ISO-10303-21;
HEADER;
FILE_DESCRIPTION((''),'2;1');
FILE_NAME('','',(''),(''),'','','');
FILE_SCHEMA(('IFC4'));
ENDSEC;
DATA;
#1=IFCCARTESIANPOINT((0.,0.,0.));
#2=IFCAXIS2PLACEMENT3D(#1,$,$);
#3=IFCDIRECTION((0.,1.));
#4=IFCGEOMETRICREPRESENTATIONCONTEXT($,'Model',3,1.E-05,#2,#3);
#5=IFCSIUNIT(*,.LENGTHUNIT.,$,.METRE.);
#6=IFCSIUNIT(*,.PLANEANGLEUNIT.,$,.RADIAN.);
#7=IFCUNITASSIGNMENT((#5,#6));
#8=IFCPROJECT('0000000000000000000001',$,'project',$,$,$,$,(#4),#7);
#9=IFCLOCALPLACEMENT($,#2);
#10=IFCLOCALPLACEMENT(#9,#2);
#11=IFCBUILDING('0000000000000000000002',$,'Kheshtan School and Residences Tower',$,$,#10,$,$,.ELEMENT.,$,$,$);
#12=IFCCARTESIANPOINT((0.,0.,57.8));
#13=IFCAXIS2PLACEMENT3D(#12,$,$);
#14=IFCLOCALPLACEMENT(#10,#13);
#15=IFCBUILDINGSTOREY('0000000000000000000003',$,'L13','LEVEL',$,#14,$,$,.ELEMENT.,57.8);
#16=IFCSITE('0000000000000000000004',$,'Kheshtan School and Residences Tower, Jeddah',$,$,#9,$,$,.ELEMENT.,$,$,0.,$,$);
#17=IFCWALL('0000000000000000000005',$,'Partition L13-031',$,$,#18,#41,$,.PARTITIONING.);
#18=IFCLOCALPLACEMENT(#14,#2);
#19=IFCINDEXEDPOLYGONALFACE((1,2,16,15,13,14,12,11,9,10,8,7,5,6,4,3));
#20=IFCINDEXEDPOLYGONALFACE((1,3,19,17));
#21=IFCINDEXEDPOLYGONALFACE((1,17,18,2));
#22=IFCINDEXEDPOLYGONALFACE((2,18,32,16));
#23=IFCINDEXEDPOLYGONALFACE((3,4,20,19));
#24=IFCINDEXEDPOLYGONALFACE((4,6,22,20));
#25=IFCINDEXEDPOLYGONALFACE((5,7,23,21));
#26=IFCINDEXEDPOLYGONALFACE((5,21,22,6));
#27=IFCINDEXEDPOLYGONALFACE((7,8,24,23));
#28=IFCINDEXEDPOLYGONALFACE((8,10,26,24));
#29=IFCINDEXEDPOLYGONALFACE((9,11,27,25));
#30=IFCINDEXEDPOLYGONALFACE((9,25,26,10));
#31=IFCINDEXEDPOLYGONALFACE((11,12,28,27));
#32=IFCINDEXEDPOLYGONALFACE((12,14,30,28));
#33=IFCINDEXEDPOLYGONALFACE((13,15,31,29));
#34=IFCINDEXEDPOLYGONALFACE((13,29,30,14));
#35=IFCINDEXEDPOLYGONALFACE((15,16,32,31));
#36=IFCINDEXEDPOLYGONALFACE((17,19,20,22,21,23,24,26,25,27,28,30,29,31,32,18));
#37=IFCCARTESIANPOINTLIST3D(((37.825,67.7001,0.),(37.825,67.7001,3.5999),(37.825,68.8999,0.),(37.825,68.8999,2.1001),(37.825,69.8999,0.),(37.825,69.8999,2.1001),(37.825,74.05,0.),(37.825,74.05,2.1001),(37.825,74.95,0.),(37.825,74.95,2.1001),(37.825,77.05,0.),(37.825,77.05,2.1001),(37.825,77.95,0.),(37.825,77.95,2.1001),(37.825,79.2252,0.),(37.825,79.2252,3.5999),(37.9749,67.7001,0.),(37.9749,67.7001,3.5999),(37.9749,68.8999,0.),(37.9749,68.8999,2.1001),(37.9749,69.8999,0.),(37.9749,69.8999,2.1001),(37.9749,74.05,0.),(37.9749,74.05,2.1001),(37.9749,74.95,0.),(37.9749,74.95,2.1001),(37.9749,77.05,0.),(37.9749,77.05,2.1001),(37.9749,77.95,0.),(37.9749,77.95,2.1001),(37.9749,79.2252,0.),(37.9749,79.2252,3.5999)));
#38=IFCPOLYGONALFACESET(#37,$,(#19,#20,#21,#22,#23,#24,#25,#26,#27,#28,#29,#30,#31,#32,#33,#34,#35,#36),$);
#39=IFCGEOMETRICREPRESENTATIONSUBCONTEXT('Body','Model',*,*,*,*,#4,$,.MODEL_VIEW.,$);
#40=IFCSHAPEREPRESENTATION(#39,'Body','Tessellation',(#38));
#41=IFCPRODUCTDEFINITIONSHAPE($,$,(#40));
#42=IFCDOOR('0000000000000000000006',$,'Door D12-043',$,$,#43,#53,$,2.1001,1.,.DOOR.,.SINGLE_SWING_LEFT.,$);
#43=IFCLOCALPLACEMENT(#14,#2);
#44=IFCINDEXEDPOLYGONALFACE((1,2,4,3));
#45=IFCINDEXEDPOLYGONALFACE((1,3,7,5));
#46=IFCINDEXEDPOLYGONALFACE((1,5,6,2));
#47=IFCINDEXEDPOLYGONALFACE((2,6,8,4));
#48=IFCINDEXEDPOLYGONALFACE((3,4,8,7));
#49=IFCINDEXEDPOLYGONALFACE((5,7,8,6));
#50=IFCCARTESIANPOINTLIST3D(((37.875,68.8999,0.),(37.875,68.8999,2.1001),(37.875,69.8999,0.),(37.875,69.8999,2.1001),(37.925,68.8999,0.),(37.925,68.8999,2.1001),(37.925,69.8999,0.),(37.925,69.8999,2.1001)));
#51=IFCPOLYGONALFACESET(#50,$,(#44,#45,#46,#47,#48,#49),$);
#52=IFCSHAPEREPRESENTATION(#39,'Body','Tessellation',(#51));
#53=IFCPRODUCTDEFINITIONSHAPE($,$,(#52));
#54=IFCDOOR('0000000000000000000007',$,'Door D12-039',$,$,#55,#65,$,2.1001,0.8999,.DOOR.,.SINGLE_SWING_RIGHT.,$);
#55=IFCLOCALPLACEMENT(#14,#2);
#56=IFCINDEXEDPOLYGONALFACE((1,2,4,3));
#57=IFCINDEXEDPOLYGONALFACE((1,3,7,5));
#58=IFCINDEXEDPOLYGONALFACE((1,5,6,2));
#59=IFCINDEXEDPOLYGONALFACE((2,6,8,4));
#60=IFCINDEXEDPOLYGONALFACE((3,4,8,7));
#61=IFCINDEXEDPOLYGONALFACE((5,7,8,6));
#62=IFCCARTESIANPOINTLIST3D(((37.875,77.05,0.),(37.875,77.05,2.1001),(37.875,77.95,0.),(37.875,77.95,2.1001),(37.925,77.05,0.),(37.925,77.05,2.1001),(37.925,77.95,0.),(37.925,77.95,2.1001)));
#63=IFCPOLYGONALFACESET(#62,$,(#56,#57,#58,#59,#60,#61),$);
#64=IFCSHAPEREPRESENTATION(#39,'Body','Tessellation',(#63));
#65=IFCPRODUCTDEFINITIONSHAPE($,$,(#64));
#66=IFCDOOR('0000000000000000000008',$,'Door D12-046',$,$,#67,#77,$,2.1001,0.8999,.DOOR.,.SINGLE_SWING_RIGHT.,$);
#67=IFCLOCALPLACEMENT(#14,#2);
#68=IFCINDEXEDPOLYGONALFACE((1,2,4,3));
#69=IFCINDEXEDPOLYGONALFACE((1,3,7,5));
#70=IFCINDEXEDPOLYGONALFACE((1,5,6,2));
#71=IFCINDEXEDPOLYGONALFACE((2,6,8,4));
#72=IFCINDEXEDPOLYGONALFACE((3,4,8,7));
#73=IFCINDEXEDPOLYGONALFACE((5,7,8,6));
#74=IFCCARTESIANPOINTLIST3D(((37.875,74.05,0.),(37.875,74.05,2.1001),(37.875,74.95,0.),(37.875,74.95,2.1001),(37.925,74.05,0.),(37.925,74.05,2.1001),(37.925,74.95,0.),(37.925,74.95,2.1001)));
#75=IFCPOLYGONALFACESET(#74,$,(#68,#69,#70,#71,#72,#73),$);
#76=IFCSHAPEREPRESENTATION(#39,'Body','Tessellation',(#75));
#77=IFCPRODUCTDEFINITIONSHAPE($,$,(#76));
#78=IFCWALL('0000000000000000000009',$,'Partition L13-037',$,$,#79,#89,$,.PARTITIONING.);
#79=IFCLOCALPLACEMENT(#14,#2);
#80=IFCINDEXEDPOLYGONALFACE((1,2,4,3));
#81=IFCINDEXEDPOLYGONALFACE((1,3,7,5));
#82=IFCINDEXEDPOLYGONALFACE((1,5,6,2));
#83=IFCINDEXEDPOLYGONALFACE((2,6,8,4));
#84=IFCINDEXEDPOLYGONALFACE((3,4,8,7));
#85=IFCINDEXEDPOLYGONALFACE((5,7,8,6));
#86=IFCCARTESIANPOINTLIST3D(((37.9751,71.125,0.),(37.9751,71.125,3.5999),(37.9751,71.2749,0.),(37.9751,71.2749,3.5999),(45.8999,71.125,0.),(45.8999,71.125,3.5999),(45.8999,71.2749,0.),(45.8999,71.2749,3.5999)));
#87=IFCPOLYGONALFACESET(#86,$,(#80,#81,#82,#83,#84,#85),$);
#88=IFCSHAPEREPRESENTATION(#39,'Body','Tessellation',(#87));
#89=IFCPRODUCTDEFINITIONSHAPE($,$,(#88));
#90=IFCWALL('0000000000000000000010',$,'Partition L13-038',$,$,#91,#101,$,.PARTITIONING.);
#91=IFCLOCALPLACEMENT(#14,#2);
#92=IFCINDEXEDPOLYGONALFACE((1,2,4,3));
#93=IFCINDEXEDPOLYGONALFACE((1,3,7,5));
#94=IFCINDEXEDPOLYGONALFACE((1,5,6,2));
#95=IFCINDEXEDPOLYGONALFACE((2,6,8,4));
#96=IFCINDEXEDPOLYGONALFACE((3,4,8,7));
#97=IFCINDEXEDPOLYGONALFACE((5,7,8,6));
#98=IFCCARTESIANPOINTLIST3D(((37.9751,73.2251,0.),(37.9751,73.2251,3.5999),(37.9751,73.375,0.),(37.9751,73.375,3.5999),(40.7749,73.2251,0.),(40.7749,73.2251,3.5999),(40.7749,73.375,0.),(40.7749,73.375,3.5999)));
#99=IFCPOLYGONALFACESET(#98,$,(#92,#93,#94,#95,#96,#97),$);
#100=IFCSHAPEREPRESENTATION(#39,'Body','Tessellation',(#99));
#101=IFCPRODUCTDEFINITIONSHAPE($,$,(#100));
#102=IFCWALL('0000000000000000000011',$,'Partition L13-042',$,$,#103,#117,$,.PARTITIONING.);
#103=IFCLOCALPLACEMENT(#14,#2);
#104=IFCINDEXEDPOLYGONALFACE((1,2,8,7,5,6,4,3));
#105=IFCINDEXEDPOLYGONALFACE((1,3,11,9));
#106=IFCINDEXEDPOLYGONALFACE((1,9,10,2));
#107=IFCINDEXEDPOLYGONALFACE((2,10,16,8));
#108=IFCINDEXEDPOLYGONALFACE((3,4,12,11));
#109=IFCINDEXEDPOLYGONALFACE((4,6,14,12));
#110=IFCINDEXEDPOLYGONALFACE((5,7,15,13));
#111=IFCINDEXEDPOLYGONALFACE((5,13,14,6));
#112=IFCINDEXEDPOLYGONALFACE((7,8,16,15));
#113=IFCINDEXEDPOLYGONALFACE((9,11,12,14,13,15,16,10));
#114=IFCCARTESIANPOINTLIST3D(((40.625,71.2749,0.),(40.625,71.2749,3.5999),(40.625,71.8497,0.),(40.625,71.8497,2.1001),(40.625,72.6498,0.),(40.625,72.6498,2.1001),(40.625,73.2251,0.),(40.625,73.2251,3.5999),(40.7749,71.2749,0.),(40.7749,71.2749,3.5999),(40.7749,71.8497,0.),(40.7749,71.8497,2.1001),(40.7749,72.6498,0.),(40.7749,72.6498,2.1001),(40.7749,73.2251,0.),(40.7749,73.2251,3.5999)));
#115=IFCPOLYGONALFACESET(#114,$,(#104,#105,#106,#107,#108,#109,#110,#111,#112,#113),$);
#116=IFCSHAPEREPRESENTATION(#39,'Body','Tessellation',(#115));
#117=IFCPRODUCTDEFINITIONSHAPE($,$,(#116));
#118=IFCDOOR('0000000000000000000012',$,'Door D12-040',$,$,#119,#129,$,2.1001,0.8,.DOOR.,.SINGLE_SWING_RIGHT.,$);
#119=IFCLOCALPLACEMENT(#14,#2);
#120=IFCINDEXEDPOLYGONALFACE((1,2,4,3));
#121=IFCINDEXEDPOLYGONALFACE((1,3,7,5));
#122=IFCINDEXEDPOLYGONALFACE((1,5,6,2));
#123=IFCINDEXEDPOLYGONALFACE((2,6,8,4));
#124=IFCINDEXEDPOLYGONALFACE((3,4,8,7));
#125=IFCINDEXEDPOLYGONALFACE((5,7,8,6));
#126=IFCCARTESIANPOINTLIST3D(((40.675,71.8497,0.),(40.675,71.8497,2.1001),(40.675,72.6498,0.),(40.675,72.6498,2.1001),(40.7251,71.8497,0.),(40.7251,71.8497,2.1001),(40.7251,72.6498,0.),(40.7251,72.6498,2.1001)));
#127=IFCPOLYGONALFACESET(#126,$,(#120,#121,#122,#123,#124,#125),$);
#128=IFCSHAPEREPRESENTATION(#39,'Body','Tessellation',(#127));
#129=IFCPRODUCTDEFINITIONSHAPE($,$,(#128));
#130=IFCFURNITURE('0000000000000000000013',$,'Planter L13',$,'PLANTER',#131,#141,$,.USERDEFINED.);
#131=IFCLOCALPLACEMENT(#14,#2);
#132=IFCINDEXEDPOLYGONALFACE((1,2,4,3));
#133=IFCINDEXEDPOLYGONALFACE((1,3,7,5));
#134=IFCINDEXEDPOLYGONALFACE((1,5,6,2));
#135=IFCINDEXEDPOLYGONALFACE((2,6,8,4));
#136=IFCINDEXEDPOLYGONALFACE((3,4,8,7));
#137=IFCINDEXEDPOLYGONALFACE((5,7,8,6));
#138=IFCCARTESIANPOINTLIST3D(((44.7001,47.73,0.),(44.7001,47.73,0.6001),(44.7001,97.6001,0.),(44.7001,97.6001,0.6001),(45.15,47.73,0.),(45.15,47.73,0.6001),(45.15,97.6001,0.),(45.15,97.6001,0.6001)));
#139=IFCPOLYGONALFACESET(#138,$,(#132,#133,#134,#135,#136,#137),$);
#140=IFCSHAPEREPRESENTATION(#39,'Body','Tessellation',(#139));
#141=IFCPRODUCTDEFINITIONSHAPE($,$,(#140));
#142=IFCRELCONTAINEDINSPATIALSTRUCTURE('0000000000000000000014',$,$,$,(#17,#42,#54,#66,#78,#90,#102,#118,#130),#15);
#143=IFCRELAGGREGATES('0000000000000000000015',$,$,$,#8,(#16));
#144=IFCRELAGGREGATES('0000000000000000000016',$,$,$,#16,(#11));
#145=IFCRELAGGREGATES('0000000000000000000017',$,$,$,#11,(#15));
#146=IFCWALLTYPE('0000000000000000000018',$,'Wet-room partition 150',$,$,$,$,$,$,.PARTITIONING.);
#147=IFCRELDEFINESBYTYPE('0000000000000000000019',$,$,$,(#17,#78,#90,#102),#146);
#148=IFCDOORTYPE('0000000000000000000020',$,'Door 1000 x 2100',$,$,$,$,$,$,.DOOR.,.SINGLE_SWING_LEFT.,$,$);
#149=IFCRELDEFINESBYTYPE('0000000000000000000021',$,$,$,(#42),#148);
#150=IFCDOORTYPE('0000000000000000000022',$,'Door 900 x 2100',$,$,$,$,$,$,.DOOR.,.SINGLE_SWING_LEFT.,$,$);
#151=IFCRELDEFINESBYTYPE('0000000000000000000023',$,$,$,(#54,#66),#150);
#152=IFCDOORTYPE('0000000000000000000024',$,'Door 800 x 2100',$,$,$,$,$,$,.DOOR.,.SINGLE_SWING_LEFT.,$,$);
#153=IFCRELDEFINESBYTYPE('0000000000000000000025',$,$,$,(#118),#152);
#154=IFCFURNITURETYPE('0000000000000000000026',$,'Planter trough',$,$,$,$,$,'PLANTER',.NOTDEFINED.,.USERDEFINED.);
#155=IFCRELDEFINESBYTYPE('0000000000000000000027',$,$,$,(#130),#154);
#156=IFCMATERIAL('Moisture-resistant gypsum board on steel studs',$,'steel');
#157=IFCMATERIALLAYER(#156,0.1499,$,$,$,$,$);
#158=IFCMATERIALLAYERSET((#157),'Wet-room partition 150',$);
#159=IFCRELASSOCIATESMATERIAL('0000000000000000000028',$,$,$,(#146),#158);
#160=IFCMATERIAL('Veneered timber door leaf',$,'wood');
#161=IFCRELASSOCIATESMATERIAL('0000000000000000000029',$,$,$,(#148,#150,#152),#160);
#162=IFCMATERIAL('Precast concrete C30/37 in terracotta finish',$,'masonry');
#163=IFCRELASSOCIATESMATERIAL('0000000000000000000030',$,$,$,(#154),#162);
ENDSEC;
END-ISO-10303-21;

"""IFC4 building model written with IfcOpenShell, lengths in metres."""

from ifc_helpers import new_model, si_unit, direction, frame, frame_2d, origin, origin_2d, place, context, subcontext, project, spatial, rectangle, extrude, source, transform, mapped, material, layer, layer_set, type_object, element, fill, save


model = new_model("IFC4")

# Units and contexts
model_context = context("Model", 3, precision=1e-05, world=origin(), true_north=direction((0.0, 1.0)))
body_context = subcontext(model_context, "Body", "Model", "MODEL_VIEW")
ifc_project = project(units=[si_unit("LENGTHUNIT", "METRE"), si_unit("PLANEANGLEUNIT", "RADIAN")], contexts=[model_context])

# Site, building, storey
site_placement = place(None, origin())
site = spatial("IfcSite", under=ifc_project, at=site_placement, Name="Kheshtan School and Residences Tower, Jeddah", CompositionType="ELEMENT", RefElevation=0.0)
building_placement = place(site_placement, origin())
building = spatial("IfcBuilding", under=site, at=building_placement, Name="Kheshtan School and Residences Tower", CompositionType="ELEMENT")
storey_placement = place(building_placement, frame((0.0, 0.0, 57.8)))
storey = spatial("IfcBuildingStorey", under=building, at=storey_placement, Name="L13", Description="LEVEL", CompositionType="ELEMENT", Elevation=57.8)

# Wall, openings, doors
ifc_material_1 = material(Name="Moisture-resistant gypsum board on steel studs", Category="steel")
ifc_layer_1 = layer(ifc_material_1, 0.1499)
ifc_layer_set_1 = layer_set([ifc_layer_1], Name="Wet-room partition 150")
wall_type_1 = type_object("IfcWallType", Name="Wet-room partition 150", PredefinedType="PARTITIONING", material=ifc_layer_set_1)
wall_1_placement = place(storey_placement, frame((37.8999, 67.7, 0.0), z_axis=(0.0, 0.0, 1.0), x_axis=(0.0, 1.0, 0.0)))
wall_1 = element("IfcWall", 1, at=wall_1_placement, inside=storey, type_object=wall_type_1, Name="Partition L13-031", PredefinedType="PARTITIONING", context=body_context, shape_type="SweptSolid", body=[
    extrude(rectangle(XDim=11.5251, YDim=0.1499, at=frame_2d((5.7627, 0.0))), origin(), (0.0, 0.0, 1.0), 3.5999),
])
opening_1_placement = place(wall_1_placement, frame((9.3501, 0.0, 0.0)))
opening_1 = element("IfcOpeningElement", 2, at=opening_1_placement, cuts=wall_1, PredefinedType="OPENING", context=body_context, shape_type="SweptSolid", body=[
    extrude(rectangle(XDim=0.8999, YDim=2.1001, at=frame_2d((0.45, 1.05))), frame((0.0, 0.085, 0.0), z_axis=(0.0, -1.0, 0.0), x_axis=(1.0, 0.0, 0.0)), (0.0, 0.0, 1.0), 0.1699),
])
opening_2_placement = place(wall_1_placement, frame((1.2, 0.0, 0.0)))
opening_2 = element("IfcOpeningElement", 3, at=opening_2_placement, cuts=wall_1, PredefinedType="OPENING", context=body_context, shape_type="SweptSolid", body=[
    extrude(rectangle(XDim=1.0, YDim=2.1001, at=frame_2d((0.5, 1.05))), frame((0.0, 0.085, 0.0), z_axis=(0.0, -1.0, 0.0), x_axis=(1.0, 0.0, 0.0)), (0.0, 0.0, 1.0), 0.1699),
])
opening_3_placement = place(wall_1_placement, frame((6.3501, 0.0, 0.0)))
opening_3 = element("IfcOpeningElement", 4, at=opening_3_placement, cuts=wall_1, PredefinedType="OPENING", context=body_context, shape_type="SweptSolid", body=[
    extrude(rectangle(XDim=0.8999, YDim=2.1001, at=frame_2d((0.45, 1.05))), frame((0.0, 0.085, 0.0), z_axis=(0.0, -1.0, 0.0), x_axis=(1.0, 0.0, 0.0)), (0.0, 0.0, 1.0), 0.1699),
])
ifc_material_2 = material(Name="Veneered timber door leaf", Category="wood")
door_type_1 = type_object("IfcDoorType", Name="Door 1000 x 2100", OperationType="SINGLE_SWING_LEFT", PredefinedType="DOOR", material=ifc_material_2)
shared_shape_1 = source(origin(), body_context, "Body", "SweptSolid", [
    extrude(rectangle(XDim=1.0, YDim=2.1001, at=frame_2d((0.5, 1.05))), frame((0.0, 0.0249, 0.0), z_axis=(0.0, -1.0, 0.0), x_axis=(1.0, 0.0, 0.0)), (0.0, 0.0, 1.0), 0.05),
])
door_1_placement = place(opening_2_placement, origin())
door_1 = element("IfcDoor", 5, at=door_1_placement, inside=storey, type_object=door_type_1, Name="Door D12-043", OperationType="SINGLE_SWING_LEFT", OverallHeight=2.1001, OverallWidth=1.0, PredefinedType="DOOR", context=body_context, shape_type="MappedRepresentation", body=[
    mapped(shared_shape_1, transform((0.0, 0.0, 0.0), x_axis=(1.0, 0.0, 0.0), y_axis=(0.0, 1.0, 0.0), z_axis=(0.0, 0.0, 1.0), scale=1.0)),
])
fill(opening_2, door_1)
door_type_2 = type_object("IfcDoorType", Name="Door 900 x 2100", OperationType="SINGLE_SWING_LEFT", PredefinedType="DOOR", material=ifc_material_2)
shared_shape_2 = source(origin(), body_context, "Body", "SweptSolid", [
    extrude(rectangle(XDim=0.8999, YDim=2.1001, at=frame_2d((0.45, 1.05))), frame((0.0, 0.0249, 0.0), z_axis=(0.0, -1.0, 0.0), x_axis=(1.0, 0.0, 0.0)), (0.0, 0.0, 1.0), 0.05),
])
door_2_placement = place(opening_1_placement, origin())
door_2 = element("IfcDoor", 6, at=door_2_placement, inside=storey, type_object=door_type_2, Name="Door D12-039", OperationType="SINGLE_SWING_RIGHT", OverallHeight=2.1001, OverallWidth=0.8999, PredefinedType="DOOR", context=body_context, shape_type="MappedRepresentation", body=[
    mapped(shared_shape_2, transform((0.0, 0.0, 0.0), x_axis=(1.0, 0.0, 0.0), y_axis=(0.0, 1.0, 0.0), z_axis=(0.0, 0.0, 1.0), scale=1.0)),
])
fill(opening_1, door_2)
door_3_placement = place(opening_3_placement, origin())
door_3 = element("IfcDoor", 7, at=door_3_placement, inside=storey, type_object=door_type_2, Name="Door D12-046", OperationType="SINGLE_SWING_RIGHT", OverallHeight=2.1001, OverallWidth=0.8999, PredefinedType="DOOR", context=body_context, shape_type="MappedRepresentation", body=[
    mapped(shared_shape_2, transform((0.0, 0.0, 0.0), x_axis=(1.0, 0.0, 0.0), y_axis=(0.0, 1.0, 0.0), z_axis=(0.0, 0.0, 1.0), scale=1.0)),
])
fill(opening_3, door_3)

# Walls
wall_2_placement = place(storey_placement, frame((37.9751, 71.2, 0.0), z_axis=(0.0, 0.0, 1.0), x_axis=(1.0, 0.0, 0.0)))
element("IfcWall", 8, at=wall_2_placement, inside=storey, type_object=wall_type_1, Name="Partition L13-037", PredefinedType="PARTITIONING", context=body_context, shape_type="SweptSolid", body=[
    extrude(rectangle(XDim=7.9248, YDim=0.1499, at=frame_2d((3.9624, 0.0))), origin(), (0.0, 0.0, 1.0), 3.5999),
])
wall_3_placement = place(storey_placement, frame((37.9751, 73.3, 0.0), z_axis=(0.0, 0.0, 1.0), x_axis=(1.0, 0.0, 0.0)))
element("IfcWall", 9, at=wall_3_placement, inside=storey, type_object=wall_type_1, Name="Partition L13-038", PredefinedType="PARTITIONING", context=body_context, shape_type="SweptSolid", body=[
    extrude(rectangle(XDim=2.7998, YDim=0.1499, at=frame_2d((1.3999, 0.0))), origin(), (0.0, 0.0, 1.0), 3.5999),
])

# Wall, opening, door
wall_4_placement = place(storey_placement, frame((40.7, 71.2749, 0.0), z_axis=(0.0, 0.0, 1.0), x_axis=(0.0, 1.0, 0.0)))
wall_4 = element("IfcWall", 10, at=wall_4_placement, inside=storey, type_object=wall_type_1, Name="Partition L13-042", PredefinedType="PARTITIONING", context=body_context, shape_type="SweptSolid", body=[
    extrude(rectangle(XDim=1.9502, YDim=0.1499, at=frame_2d((0.9751, 0.0))), origin(), (0.0, 0.0, 1.0), 3.5999),
])
opening_4_placement = place(wall_4_placement, frame((0.575, 0.0, 0.0)))
opening_4 = element("IfcOpeningElement", 11, at=opening_4_placement, cuts=wall_4, PredefinedType="OPENING", context=body_context, shape_type="SweptSolid", body=[
    extrude(rectangle(XDim=0.8, YDim=2.1001, at=frame_2d((0.3999, 1.05))), frame((0.0, 0.085, 0.0), z_axis=(0.0, -1.0, 0.0), x_axis=(1.0, 0.0, 0.0)), (0.0, 0.0, 1.0), 0.1699),
])
door_type_3 = type_object("IfcDoorType", Name="Door 800 x 2100", OperationType="SINGLE_SWING_LEFT", PredefinedType="DOOR", material=ifc_material_2)
shared_shape_3 = source(origin(), body_context, "Body", "SweptSolid", [
    extrude(rectangle(XDim=0.8, YDim=2.1001, at=frame_2d((0.3999, 1.05))), frame((0.0, 0.0249, 0.0), z_axis=(0.0, -1.0, 0.0), x_axis=(1.0, 0.0, 0.0)), (0.0, 0.0, 1.0), 0.05),
])
door_4_placement = place(opening_4_placement, origin())
door_4 = element("IfcDoor", 12, at=door_4_placement, inside=storey, type_object=door_type_3, Name="Door D12-040", OperationType="SINGLE_SWING_RIGHT", OverallHeight=2.1001, OverallWidth=0.8, PredefinedType="DOOR", context=body_context, shape_type="MappedRepresentation", body=[
    mapped(shared_shape_3, transform((0.0, 0.0, 0.0), x_axis=(1.0, 0.0, 0.0), y_axis=(0.0, 1.0, 0.0), z_axis=(0.0, 0.0, 1.0), scale=1.0)),
])
fill(opening_4, door_4)

# Furniture
ifc_material_3 = material(Name="Precast concrete C30/37 in terracotta finish", Category="masonry")
furniture_type = type_object("IfcFurnitureType", Name="Planter trough", ElementType="PLANTER", AssemblyPlace="NOTDEFINED", PredefinedType="USERDEFINED", material=ifc_material_3)
furniture_placement = place(storey_placement, frame((44.925, 72.665, 0.0), z_axis=(0.0, 0.0, 1.0), x_axis=(0.0, -1.0, 0.0)))
element("IfcFurniture", 13, at=furniture_placement, inside=storey, type_object=furniture_type, Name="Planter L13", ObjectType="PLANTER", PredefinedType="USERDEFINED", context=body_context, shape_type="SweptSolid", body=[
    extrude(rectangle(XDim=49.8701, YDim=0.45, at=origin_2d()), origin(), (0.0, 0.0, 1.0), 0.6001),
])

save(model, "model.ifc")
